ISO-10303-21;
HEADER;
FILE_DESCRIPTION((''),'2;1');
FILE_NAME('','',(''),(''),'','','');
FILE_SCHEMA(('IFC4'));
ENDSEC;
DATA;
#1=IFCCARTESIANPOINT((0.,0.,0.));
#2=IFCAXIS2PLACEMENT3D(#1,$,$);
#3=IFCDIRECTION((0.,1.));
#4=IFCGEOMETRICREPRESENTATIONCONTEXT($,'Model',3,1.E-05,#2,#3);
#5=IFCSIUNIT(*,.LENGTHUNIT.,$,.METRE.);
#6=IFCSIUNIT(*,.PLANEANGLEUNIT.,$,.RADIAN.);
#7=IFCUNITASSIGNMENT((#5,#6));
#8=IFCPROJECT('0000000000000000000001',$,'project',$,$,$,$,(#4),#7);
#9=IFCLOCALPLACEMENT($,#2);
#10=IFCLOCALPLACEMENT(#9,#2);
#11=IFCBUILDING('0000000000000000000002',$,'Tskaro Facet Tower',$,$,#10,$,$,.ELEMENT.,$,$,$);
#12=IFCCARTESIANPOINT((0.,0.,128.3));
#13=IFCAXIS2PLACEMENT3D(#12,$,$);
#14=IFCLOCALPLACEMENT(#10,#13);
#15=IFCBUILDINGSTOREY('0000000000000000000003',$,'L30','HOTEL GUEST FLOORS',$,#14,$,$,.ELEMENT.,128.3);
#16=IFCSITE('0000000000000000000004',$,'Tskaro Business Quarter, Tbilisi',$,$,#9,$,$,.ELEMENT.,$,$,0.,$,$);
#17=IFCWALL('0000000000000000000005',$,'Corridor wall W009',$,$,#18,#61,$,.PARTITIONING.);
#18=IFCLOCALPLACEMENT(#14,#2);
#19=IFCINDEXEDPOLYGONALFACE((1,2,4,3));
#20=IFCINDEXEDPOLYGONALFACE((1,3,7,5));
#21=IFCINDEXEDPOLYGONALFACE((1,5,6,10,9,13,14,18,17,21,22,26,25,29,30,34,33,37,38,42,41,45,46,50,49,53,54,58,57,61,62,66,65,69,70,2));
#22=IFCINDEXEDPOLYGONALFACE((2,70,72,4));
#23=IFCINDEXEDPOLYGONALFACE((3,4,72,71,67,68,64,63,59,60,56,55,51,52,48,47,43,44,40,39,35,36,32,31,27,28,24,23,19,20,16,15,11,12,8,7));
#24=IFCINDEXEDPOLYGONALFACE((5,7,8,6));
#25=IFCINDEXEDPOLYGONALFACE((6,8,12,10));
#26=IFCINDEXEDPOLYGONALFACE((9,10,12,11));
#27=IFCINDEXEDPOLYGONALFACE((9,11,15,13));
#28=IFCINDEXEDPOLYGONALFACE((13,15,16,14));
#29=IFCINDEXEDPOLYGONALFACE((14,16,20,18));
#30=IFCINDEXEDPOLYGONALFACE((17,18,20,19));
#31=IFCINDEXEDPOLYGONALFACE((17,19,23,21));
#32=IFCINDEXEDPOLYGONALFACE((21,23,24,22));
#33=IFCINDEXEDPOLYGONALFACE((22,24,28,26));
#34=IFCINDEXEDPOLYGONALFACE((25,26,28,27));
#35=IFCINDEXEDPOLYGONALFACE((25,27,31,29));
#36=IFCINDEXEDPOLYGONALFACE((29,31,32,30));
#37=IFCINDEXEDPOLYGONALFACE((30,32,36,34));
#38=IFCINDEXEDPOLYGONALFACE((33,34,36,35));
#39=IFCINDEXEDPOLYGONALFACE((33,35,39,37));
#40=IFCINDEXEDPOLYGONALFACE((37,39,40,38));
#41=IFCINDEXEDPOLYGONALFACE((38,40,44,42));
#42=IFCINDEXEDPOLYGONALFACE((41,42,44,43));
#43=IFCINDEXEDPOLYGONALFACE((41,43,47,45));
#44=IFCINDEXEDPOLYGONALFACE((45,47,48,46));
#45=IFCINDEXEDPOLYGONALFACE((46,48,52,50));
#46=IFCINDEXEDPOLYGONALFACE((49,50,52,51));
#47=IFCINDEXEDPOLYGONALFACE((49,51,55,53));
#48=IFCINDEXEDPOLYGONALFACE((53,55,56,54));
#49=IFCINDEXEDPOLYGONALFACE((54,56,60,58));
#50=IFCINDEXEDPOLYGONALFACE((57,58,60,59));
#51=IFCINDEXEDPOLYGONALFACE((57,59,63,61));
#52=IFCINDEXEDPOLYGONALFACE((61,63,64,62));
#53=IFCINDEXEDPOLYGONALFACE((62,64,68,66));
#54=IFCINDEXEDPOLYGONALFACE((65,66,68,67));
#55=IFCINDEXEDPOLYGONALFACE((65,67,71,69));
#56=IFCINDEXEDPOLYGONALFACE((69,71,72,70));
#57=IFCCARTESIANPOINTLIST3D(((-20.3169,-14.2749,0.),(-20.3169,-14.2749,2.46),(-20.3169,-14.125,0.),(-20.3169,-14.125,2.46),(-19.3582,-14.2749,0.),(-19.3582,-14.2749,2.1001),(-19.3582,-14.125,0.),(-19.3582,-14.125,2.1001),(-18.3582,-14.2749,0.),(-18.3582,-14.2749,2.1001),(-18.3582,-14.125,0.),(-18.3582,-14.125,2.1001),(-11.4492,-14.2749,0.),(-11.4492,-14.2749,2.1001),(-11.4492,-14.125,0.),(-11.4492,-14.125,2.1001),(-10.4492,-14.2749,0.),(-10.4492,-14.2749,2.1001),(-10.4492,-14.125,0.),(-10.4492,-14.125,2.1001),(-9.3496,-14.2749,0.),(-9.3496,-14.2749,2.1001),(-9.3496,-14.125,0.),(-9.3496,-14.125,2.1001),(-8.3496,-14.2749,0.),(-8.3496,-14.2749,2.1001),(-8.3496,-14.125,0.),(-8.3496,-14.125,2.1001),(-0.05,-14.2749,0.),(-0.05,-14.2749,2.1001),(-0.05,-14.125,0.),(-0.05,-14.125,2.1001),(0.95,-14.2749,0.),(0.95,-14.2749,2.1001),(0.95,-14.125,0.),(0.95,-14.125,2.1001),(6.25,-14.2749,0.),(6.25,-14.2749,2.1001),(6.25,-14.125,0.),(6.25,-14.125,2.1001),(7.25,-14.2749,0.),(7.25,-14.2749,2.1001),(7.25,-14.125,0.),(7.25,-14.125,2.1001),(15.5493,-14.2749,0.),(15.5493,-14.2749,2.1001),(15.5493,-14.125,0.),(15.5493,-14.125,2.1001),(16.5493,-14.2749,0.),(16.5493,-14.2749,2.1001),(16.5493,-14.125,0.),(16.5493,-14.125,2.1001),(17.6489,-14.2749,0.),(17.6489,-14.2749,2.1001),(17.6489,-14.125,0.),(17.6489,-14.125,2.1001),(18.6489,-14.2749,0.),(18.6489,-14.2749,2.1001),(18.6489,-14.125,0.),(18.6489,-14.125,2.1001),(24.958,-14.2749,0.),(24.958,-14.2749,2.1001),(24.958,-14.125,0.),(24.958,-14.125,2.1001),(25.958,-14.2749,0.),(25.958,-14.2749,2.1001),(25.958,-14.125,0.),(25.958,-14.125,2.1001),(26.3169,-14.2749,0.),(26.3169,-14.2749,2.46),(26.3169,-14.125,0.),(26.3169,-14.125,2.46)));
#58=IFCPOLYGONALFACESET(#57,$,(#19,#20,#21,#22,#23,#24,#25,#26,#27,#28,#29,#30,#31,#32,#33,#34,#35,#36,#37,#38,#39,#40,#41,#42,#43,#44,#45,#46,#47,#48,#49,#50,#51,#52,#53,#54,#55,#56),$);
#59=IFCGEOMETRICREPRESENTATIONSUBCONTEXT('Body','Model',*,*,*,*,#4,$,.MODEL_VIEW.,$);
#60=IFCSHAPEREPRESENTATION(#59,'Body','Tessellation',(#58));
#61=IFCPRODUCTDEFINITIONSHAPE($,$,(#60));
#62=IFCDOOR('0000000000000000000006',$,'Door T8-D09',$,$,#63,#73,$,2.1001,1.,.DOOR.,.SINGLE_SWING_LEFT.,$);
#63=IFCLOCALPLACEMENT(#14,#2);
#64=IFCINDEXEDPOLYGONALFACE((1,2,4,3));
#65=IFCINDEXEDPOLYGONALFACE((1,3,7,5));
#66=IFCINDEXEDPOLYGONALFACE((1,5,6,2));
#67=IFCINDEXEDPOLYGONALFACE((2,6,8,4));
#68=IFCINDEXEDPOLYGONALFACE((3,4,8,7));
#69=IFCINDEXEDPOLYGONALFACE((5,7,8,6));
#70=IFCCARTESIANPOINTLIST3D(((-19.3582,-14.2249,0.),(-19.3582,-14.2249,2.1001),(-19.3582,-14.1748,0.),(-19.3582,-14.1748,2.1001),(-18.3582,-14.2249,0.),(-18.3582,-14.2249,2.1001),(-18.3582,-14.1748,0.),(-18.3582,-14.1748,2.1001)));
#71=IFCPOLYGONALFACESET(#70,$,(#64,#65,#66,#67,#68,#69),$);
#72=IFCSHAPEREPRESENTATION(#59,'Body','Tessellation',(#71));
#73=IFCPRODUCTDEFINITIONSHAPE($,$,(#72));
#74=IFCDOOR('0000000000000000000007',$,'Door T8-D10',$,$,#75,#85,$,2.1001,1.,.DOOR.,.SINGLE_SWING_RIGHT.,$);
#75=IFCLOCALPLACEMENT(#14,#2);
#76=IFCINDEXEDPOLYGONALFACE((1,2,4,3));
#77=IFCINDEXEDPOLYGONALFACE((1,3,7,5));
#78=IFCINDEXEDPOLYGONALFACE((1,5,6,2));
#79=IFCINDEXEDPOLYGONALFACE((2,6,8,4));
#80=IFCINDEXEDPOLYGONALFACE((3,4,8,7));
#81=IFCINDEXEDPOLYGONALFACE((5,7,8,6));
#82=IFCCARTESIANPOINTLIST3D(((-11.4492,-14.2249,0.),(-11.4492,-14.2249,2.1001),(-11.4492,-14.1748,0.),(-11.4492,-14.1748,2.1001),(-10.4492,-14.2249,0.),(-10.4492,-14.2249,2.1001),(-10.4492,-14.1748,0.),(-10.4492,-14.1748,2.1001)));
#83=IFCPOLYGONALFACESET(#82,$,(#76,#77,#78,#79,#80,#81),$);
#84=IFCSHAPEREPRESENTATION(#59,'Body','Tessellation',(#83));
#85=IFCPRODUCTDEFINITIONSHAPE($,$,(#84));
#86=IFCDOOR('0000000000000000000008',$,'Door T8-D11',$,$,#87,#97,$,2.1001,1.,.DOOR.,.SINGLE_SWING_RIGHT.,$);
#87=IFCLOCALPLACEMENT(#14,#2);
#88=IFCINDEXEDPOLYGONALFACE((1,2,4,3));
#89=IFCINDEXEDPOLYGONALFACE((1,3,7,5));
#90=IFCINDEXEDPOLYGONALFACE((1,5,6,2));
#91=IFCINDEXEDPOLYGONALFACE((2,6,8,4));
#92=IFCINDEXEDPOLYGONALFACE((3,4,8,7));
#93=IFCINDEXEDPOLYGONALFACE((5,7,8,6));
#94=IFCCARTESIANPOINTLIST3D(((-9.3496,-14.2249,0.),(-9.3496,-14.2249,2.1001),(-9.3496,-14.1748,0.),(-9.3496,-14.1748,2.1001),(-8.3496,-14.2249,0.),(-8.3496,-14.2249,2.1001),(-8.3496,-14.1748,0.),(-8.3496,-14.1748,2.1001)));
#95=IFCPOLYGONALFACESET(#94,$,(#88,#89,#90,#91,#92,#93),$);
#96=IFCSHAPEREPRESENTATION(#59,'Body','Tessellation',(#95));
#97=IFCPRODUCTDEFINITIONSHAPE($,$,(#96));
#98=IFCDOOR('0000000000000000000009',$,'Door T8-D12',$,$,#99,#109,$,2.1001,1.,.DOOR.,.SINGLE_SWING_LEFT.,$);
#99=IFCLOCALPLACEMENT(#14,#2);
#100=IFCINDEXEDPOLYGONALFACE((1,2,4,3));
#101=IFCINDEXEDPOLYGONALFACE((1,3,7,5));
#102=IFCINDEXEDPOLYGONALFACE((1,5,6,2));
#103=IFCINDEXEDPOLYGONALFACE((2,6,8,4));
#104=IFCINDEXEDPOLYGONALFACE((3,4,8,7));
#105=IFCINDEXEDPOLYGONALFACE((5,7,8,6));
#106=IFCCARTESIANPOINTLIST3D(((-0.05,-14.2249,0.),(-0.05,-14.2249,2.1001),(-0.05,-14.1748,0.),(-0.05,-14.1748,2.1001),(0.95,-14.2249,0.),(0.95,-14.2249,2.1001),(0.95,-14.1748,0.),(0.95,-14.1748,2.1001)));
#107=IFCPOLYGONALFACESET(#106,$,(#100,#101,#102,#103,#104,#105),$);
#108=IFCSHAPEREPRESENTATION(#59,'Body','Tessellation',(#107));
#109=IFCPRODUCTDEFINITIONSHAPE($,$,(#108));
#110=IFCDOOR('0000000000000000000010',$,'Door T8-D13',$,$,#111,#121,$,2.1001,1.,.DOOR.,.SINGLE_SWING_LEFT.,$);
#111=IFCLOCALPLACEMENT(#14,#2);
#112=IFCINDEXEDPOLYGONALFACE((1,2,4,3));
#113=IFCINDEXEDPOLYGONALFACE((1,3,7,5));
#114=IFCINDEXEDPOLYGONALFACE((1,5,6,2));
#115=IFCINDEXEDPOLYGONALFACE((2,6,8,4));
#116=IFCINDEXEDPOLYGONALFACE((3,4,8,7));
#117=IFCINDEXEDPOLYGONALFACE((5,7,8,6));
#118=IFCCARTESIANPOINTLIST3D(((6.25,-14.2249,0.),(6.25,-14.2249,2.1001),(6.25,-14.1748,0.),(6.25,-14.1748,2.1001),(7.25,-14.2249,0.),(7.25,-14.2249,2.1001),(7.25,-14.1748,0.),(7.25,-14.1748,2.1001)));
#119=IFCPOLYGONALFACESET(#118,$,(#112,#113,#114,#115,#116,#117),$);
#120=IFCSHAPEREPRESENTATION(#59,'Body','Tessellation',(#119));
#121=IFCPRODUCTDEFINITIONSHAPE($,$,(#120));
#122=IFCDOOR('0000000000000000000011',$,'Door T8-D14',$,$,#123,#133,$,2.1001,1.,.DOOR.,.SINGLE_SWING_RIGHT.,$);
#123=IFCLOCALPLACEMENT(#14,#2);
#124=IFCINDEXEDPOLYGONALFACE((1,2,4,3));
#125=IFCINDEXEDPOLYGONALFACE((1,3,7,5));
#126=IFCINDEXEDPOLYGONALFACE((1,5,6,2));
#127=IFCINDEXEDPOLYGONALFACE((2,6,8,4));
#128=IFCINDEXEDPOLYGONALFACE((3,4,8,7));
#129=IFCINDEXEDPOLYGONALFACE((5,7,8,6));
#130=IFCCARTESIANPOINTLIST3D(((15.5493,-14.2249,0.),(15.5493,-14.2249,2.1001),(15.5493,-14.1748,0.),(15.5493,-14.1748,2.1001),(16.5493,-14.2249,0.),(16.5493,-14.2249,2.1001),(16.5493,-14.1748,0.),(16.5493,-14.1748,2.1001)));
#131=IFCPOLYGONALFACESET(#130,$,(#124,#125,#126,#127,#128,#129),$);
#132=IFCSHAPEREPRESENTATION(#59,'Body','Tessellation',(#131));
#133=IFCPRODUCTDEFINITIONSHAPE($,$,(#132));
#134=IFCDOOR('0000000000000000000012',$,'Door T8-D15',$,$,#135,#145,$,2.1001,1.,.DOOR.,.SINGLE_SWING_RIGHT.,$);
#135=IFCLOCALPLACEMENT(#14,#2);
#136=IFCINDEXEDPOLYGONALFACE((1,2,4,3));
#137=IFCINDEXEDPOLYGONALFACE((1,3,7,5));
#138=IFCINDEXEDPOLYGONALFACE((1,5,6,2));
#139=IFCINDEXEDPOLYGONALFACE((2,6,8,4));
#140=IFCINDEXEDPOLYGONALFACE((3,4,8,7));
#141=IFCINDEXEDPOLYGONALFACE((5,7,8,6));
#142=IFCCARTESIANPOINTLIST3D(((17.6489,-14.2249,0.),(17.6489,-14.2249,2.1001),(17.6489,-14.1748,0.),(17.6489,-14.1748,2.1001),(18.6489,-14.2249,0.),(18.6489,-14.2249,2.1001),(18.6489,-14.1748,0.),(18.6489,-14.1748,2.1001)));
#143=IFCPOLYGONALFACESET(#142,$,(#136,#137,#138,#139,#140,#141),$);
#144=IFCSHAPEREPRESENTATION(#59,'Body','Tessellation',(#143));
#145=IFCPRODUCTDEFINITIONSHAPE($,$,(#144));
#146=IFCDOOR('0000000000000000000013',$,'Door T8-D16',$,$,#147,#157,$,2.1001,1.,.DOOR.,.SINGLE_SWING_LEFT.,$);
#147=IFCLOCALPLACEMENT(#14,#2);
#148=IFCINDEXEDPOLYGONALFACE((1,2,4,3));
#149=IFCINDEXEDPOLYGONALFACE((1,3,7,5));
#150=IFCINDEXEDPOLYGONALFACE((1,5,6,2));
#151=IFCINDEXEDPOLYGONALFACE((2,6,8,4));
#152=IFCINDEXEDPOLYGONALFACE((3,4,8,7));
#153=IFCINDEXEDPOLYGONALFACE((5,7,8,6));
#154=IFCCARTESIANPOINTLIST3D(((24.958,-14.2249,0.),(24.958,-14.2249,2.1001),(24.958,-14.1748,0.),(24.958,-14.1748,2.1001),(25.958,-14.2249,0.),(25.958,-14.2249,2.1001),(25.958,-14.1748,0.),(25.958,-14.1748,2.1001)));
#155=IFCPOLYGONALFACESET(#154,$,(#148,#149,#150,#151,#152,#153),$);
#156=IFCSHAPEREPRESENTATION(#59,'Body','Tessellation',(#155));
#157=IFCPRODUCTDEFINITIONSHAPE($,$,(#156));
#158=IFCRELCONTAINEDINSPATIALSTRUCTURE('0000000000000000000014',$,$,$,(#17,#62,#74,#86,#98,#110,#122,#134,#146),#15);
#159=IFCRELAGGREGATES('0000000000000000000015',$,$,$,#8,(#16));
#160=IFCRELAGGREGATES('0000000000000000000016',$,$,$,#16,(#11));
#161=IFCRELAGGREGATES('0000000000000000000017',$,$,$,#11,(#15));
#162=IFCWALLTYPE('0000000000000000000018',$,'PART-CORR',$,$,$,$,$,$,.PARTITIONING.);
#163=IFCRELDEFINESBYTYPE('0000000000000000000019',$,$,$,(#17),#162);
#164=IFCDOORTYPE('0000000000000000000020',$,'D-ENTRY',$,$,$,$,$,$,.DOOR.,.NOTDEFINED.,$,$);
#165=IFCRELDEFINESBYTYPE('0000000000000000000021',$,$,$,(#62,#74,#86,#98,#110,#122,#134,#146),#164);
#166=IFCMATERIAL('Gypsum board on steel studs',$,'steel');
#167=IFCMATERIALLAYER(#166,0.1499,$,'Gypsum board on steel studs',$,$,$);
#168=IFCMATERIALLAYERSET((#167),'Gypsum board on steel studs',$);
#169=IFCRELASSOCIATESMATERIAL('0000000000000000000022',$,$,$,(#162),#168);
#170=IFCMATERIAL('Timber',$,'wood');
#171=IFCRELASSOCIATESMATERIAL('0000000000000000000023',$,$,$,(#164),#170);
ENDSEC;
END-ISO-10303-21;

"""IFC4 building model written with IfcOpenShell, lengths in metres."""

from ifc_helpers import new_model, si_unit, direction, frame, frame_2d, origin, place, context, subcontext, project, spatial, rectangle, extrude, material, layer, layer_set, type_object, element, fill, save


model = new_model("IFC4")

# Units and contexts
model_context = context("Model", 3, precision=1e-05, world=origin(), true_north=direction((0.0, 1.0)))
body_context = subcontext(model_context, "Body", "Model", "MODEL_VIEW")
ifc_project = project(units=[si_unit("LENGTHUNIT", "METRE"), si_unit("PLANEANGLEUNIT", "RADIAN")], contexts=[model_context])

# Site, building, storey
site_placement = place(None, origin())
site = spatial("IfcSite", under=ifc_project, at=site_placement, Name="Tskaro Business Quarter, Tbilisi", CompositionType="ELEMENT", RefElevation=0.0)
building_placement = place(site_placement, origin())
building = spatial("IfcBuilding", under=site, at=building_placement, Name="Tskaro Facet Tower", CompositionType="ELEMENT")
storey_placement = place(building_placement, frame((0.0, 0.0, 128.3)))
storey = spatial("IfcBuildingStorey", under=building, at=storey_placement, Name="L30", Description="HOTEL GUEST FLOORS", CompositionType="ELEMENT", Elevation=128.3)

# Wall, openings, doors
ifc_material_1 = material(Name="Gypsum board on steel studs", Category="steel")
ifc_layer_1 = layer(ifc_material_1, 0.1499, Name="Gypsum board on steel studs")
ifc_layer_set_1 = layer_set([ifc_layer_1], Name="Gypsum board on steel studs")
wall_type = type_object("IfcWallType", Name="PART-CORR", PredefinedType="PARTITIONING", material=ifc_layer_set_1)
wall_1_placement = place(storey_placement, frame((26.3169, -14.2, 0.0), z_axis=(0.0, 0.0, 1.0), x_axis=(-1.0, 0.0, 0.0)))
wall_1 = element("IfcWall", 1, at=wall_1_placement, inside=storey, type_object=wall_type, Name="Corridor wall W009", PredefinedType="PARTITIONING", context=body_context, shape_type="SweptSolid", body=[
    extrude(rectangle(XDim=46.6338, YDim=0.1499, at=frame_2d((23.3169, 0.0))), origin(), (0.0, 0.0, 1.0), 2.46),
])
opening_1_placement = place(wall_1_placement, frame((44.675, 0.0, 0.0)))
opening_1 = element("IfcOpeningElement", 2, at=opening_1_placement, cuts=wall_1, PredefinedType="OPENING", context=body_context, shape_type="SweptSolid", body=[
    extrude(rectangle(XDim=1.0, YDim=2.1001, at=frame_2d((0.5, 1.05))), frame((0.0, 0.085, 0.0), z_axis=(0.0, -1.0, 0.0), x_axis=(1.0, 0.0, 0.0)), (0.0, 0.0, 1.0), 0.1699),
])
opening_2_placement = place(wall_1_placement, frame((36.7661, 0.0, 0.0)))
opening_2 = element("IfcOpeningElement", 3, at=opening_2_placement, cuts=wall_1, PredefinedType="OPENING", context=body_context, shape_type="SweptSolid", body=[
    extrude(rectangle(XDim=1.0, YDim=2.1001, at=frame_2d((0.5, 1.05))), frame((0.0, 0.085, 0.0), z_axis=(0.0, -1.0, 0.0), x_axis=(1.0, 0.0, 0.0)), (0.0, 0.0, 1.0), 0.1699),
])
opening_3_placement = place(wall_1_placement, frame((34.6665, 0.0, 0.0)))
opening_3 = element("IfcOpeningElement", 4, at=opening_3_placement, cuts=wall_1, PredefinedType="OPENING", context=body_context, shape_type="SweptSolid", body=[
    extrude(rectangle(XDim=1.0, YDim=2.1001, at=frame_2d((0.5, 1.05))), frame((0.0, 0.085, 0.0), z_axis=(0.0, -1.0, 0.0), x_axis=(1.0, 0.0, 0.0)), (0.0, 0.0, 1.0), 0.1699),
])
opening_4_placement = place(wall_1_placement, frame((25.3669, 0.0, 0.0)))
opening_4 = element("IfcOpeningElement", 5, at=opening_4_placement, cuts=wall_1, PredefinedType="OPENING", context=body_context, shape_type="SweptSolid", body=[
    extrude(rectangle(XDim=1.0, YDim=2.1001, at=frame_2d((0.5, 1.05))), frame((0.0, 0.085, 0.0), z_axis=(0.0, -1.0, 0.0), x_axis=(1.0, 0.0, 0.0)), (0.0, 0.0, 1.0), 0.1699),
])
opening_5_placement = place(wall_1_placement, frame((19.0669, 0.0, 0.0)))
opening_5 = element("IfcOpeningElement", 6, at=opening_5_placement, cuts=wall_1, PredefinedType="OPENING", context=body_context, shape_type="SweptSolid", body=[
    extrude(rectangle(XDim=1.0, YDim=2.1001, at=frame_2d((0.5, 1.05))), frame((0.0, 0.085, 0.0), z_axis=(0.0, -1.0, 0.0), x_axis=(1.0, 0.0, 0.0)), (0.0, 0.0, 1.0), 0.1699),
])
opening_6_placement = place(wall_1_placement, frame((9.7676, 0.0, 0.0)))
opening_6 = element("IfcOpeningElement", 7, at=opening_6_placement, cuts=wall_1, PredefinedType="OPENING", context=body_context, shape_type="SweptSolid", body=[
    extrude(rectangle(XDim=1.0, YDim=2.1001, at=frame_2d((0.5, 1.05))), frame((0.0, 0.085, 0.0), z_axis=(0.0, -1.0, 0.0), x_axis=(1.0, 0.0, 0.0)), (0.0, 0.0, 1.0), 0.1699),
])
opening_7_placement = place(wall_1_placement, frame((7.668, 0.0, 0.0)))
opening_7 = element("IfcOpeningElement", 8, at=opening_7_placement, cuts=wall_1, PredefinedType="OPENING", context=body_context, shape_type="SweptSolid", body=[
    extrude(rectangle(XDim=1.0, YDim=2.1001, at=frame_2d((0.5, 1.05))), frame((0.0, 0.085, 0.0), z_axis=(0.0, -1.0, 0.0), x_axis=(1.0, 0.0, 0.0)), (0.0, 0.0, 1.0), 0.1699),
])
opening_8_placement = place(wall_1_placement, frame((0.3589, 0.0, 0.0)))
opening_8 = element("IfcOpeningElement", 9, at=opening_8_placement, cuts=wall_1, PredefinedType="OPENING", context=body_context, shape_type="SweptSolid", body=[
    extrude(rectangle(XDim=1.0, YDim=2.1001, at=frame_2d((0.5, 1.05))), frame((0.0, 0.085, 0.0), z_axis=(0.0, -1.0, 0.0), x_axis=(1.0, 0.0, 0.0)), (0.0, 0.0, 1.0), 0.1699),
])
ifc_material_2 = material(Name="Timber", Category="wood")
door_type_1 = type_object("IfcDoorType", Name="D-ENTRY", OperationType="NOTDEFINED", PredefinedType="DOOR", material=ifc_material_2)
door_1_placement = place(opening_1_placement, origin())
door_1 = element("IfcDoor", 10, at=door_1_placement, inside=storey, type_object=door_type_1, Name="Door T8-D09", OperationType="SINGLE_SWING_LEFT", OverallHeight=2.1001, OverallWidth=1.0, PredefinedType="DOOR", context=body_context, shape_type="SweptSolid", body=[
    extrude(rectangle(XDim=1.0, YDim=2.1001, at=frame_2d((0.5, 1.05))), frame((0.0, 0.0249, 0.0), z_axis=(0.0, -1.0, 0.0), x_axis=(1.0, 0.0, 0.0)), (0.0, 0.0, 1.0), 0.05),
])
fill(opening_1, door_1)
door_2_placement = place(opening_2_placement, origin())
door_2 = element("IfcDoor", 11, at=door_2_placement, inside=storey, type_object=door_type_1, Name="Door T8-D10", OperationType="SINGLE_SWING_RIGHT", OverallHeight=2.1001, OverallWidth=1.0, PredefinedType="DOOR", context=body_context, shape_type="SweptSolid", body=[
    extrude(rectangle(XDim=1.0, YDim=2.1001, at=frame_2d((0.5, 1.05))), frame((0.0, 0.0249, 0.0), z_axis=(0.0, -1.0, 0.0), x_axis=(1.0, 0.0, 0.0)), (0.0, 0.0, 1.0), 0.05),
])
fill(opening_2, door_2)
door_3_placement = place(opening_3_placement, origin())
door_3 = element("IfcDoor", 12, at=door_3_placement, inside=storey, type_object=door_type_1, Name="Door T8-D11", OperationType="SINGLE_SWING_RIGHT", OverallHeight=2.1001, OverallWidth=1.0, PredefinedType="DOOR", context=body_context, shape_type="SweptSolid", body=[
    extrude(rectangle(XDim=1.0, YDim=2.1001, at=frame_2d((0.5, 1.05))), frame((0.0, 0.0249, 0.0), z_axis=(0.0, -1.0, 0.0), x_axis=(1.0, 0.0, 0.0)), (0.0, 0.0, 1.0), 0.05),
])
fill(opening_3, door_3)
door_4_placement = place(opening_4_placement, origin())
door_4 = element("IfcDoor", 13, at=door_4_placement, inside=storey, type_object=door_type_1, Name="Door T8-D12", OperationType="SINGLE_SWING_LEFT", OverallHeight=2.1001, OverallWidth=1.0, PredefinedType="DOOR", context=body_context, shape_type="SweptSolid", body=[
    extrude(rectangle(XDim=1.0, YDim=2.1001, at=frame_2d((0.5, 1.05))), frame((0.0, 0.0249, 0.0), z_axis=(0.0, -1.0, 0.0), x_axis=(1.0, 0.0, 0.0)), (0.0, 0.0, 1.0), 0.05),
])
fill(opening_4, door_4)
door_5_placement = place(opening_5_placement, origin())
door_5 = element("IfcDoor", 14, at=door_5_placement, inside=storey, type_object=door_type_1, Name="Door T8-D13", OperationType="SINGLE_SWING_LEFT", OverallHeight=2.1001, OverallWidth=1.0, PredefinedType="DOOR", context=body_context, shape_type="SweptSolid", body=[
    extrude(rectangle(XDim=1.0, YDim=2.1001, at=frame_2d((0.5, 1.05))), frame((0.0, 0.0249, 0.0), z_axis=(0.0, -1.0, 0.0), x_axis=(1.0, 0.0, 0.0)), (0.0, 0.0, 1.0), 0.05),
])
fill(opening_5, door_5)
door_6_placement = place(opening_6_placement, origin())
door_6 = element("IfcDoor", 15, at=door_6_placement, inside=storey, type_object=door_type_1, Name="Door T8-D14", OperationType="SINGLE_SWING_RIGHT", OverallHeight=2.1001, OverallWidth=1.0, PredefinedType="DOOR", context=body_context, shape_type="SweptSolid", body=[
    extrude(rectangle(XDim=1.0, YDim=2.1001, at=frame_2d((0.5, 1.05))), frame((0.0, 0.0249, 0.0), z_axis=(0.0, -1.0, 0.0), x_axis=(1.0, 0.0, 0.0)), (0.0, 0.0, 1.0), 0.05),
])
fill(opening_6, door_6)
door_7_placement = place(opening_7_placement, origin())
door_7 = element("IfcDoor", 16, at=door_7_placement, inside=storey, type_object=door_type_1, Name="Door T8-D15", OperationType="SINGLE_SWING_RIGHT", OverallHeight=2.1001, OverallWidth=1.0, PredefinedType="DOOR", context=body_context, shape_type="SweptSolid", body=[
    extrude(rectangle(XDim=1.0, YDim=2.1001, at=frame_2d((0.5, 1.05))), frame((0.0, 0.0249, 0.0), z_axis=(0.0, -1.0, 0.0), x_axis=(1.0, 0.0, 0.0)), (0.0, 0.0, 1.0), 0.05),
])
fill(opening_7, door_7)
door_8_placement = place(opening_8_placement, origin())
door_8 = element("IfcDoor", 17, at=door_8_placement, inside=storey, type_object=door_type_1, Name="Door T8-D16", OperationType="SINGLE_SWING_LEFT", OverallHeight=2.1001, OverallWidth=1.0, PredefinedType="DOOR", context=body_context, shape_type="SweptSolid", body=[
    extrude(rectangle(XDim=1.0, YDim=2.1001, at=frame_2d((0.5, 1.05))), frame((0.0, 0.0249, 0.0), z_axis=(0.0, -1.0, 0.0), x_axis=(1.0, 0.0, 0.0)), (0.0, 0.0, 1.0), 0.05),
])
fill(opening_8, door_8)

save(model, "model.ifc")
